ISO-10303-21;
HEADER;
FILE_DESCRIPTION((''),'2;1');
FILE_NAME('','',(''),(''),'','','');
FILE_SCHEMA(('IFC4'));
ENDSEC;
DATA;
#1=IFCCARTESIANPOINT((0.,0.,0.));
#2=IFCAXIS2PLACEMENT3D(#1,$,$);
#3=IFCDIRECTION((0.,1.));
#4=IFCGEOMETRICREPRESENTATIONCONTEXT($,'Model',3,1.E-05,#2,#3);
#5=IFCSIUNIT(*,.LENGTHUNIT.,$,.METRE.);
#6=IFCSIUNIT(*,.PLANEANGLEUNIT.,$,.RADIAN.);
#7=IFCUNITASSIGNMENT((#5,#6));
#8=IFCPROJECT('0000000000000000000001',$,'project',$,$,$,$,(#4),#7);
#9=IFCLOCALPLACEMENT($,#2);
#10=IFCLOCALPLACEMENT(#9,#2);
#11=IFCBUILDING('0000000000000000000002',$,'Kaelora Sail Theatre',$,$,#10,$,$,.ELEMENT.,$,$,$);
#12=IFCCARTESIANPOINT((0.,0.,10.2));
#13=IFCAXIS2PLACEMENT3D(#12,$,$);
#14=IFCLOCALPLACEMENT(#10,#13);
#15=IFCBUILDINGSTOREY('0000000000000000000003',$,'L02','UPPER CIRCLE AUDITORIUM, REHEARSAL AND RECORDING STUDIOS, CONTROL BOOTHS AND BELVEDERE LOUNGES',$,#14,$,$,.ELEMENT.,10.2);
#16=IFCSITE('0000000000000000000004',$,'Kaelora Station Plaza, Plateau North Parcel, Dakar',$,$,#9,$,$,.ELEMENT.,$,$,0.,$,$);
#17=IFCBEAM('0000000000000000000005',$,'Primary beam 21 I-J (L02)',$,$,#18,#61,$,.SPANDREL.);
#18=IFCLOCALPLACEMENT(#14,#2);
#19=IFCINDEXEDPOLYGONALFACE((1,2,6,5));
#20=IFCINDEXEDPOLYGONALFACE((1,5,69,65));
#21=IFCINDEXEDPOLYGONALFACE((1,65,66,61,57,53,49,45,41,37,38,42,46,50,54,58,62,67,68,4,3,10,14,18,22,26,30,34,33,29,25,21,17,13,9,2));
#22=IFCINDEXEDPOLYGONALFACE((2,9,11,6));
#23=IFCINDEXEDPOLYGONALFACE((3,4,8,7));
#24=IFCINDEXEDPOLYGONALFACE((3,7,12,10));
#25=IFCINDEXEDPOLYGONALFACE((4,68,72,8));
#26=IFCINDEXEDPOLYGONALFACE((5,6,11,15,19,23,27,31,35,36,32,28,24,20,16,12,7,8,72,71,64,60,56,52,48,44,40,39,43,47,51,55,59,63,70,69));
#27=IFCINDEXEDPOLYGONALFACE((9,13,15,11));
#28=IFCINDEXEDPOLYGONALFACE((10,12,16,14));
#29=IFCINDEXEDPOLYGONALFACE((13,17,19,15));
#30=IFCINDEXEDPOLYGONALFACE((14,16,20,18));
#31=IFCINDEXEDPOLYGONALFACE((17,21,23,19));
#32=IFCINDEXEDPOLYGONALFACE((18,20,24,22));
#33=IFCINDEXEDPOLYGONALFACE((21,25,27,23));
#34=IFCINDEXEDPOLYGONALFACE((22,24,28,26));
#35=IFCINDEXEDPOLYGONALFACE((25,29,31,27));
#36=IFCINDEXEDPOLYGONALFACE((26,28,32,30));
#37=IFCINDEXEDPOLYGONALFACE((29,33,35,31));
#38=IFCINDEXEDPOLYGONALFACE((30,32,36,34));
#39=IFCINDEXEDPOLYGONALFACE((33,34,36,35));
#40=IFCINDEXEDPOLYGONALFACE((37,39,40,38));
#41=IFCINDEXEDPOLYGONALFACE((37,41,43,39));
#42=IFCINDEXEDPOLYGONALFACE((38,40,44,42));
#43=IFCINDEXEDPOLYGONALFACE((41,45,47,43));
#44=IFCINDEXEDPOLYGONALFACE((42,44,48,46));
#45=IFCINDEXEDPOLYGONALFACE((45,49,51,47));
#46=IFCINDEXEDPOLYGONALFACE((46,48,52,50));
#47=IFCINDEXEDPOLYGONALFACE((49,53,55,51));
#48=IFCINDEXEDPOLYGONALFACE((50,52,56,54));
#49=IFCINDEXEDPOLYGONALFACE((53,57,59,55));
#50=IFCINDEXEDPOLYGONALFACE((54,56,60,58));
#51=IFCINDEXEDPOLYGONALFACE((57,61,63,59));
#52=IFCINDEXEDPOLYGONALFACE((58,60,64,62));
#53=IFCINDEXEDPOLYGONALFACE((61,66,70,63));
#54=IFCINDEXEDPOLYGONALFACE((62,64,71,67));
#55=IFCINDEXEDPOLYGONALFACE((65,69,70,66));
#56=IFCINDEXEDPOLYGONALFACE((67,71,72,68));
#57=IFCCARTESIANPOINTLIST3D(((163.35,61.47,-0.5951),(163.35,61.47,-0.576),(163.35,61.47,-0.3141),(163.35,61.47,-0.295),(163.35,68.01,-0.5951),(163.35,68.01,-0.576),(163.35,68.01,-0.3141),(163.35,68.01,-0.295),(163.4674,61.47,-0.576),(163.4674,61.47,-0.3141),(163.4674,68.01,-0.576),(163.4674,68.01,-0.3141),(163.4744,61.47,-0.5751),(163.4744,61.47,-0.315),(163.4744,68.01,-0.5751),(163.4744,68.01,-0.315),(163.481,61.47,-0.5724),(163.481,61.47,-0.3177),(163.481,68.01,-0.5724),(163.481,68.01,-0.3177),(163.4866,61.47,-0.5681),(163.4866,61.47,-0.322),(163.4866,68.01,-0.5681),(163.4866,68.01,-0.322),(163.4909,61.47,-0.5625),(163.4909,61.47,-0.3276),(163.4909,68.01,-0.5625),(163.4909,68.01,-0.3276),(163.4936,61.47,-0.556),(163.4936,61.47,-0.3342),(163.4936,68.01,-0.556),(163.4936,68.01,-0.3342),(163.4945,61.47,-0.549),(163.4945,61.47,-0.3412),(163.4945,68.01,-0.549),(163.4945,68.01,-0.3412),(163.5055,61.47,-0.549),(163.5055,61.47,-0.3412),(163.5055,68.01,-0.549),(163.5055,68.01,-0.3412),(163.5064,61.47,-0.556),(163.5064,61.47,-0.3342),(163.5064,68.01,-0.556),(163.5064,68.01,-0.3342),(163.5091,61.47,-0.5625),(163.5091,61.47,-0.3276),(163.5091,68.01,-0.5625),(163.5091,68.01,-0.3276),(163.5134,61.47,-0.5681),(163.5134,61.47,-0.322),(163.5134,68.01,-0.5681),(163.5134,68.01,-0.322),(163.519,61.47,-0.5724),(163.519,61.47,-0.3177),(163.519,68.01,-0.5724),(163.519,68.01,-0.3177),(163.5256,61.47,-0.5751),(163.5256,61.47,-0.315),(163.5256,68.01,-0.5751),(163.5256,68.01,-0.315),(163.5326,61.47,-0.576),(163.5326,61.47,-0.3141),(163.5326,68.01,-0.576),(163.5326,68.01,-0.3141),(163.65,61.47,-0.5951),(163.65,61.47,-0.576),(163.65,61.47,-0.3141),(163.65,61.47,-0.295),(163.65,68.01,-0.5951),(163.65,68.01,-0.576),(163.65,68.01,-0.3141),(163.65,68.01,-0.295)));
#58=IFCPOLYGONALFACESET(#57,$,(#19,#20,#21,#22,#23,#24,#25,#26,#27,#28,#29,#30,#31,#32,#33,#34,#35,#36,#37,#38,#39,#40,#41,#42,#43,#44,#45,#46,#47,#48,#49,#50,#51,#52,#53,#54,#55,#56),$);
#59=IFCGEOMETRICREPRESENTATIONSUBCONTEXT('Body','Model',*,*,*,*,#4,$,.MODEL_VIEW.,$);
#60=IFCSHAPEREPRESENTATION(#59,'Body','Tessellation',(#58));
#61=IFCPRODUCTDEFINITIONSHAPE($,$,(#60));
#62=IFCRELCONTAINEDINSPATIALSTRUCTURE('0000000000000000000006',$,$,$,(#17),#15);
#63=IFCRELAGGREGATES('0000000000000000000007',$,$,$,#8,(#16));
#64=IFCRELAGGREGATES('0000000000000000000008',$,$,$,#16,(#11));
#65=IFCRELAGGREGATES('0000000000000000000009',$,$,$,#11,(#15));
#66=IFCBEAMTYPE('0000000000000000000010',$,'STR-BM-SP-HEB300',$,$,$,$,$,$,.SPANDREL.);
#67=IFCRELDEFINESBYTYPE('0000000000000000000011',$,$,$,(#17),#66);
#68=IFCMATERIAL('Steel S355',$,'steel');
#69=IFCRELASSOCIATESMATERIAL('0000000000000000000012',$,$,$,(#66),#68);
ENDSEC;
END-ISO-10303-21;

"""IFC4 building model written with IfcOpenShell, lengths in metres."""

from ifc_helpers import new_model, si_unit, direction, frame, origin, origin_2d, place, context, subcontext, project, spatial, i_section, extrude, material, material_profile, profile_set, type_object, element, save


model = new_model("IFC4")

# Units and contexts
model_context = context("Model", 3, precision=1e-05, world=origin(), true_north=direction((0.0, 1.0)))
body_context = subcontext(model_context, "Body", "Model", "MODEL_VIEW")
ifc_project = project(units=[si_unit("LENGTHUNIT", "METRE"), si_unit("PLANEANGLEUNIT", "RADIAN")], contexts=[model_context])

# Site, building, storey
site_placement = place(None, origin())
site = spatial("IfcSite", under=ifc_project, at=site_placement, Name="Kaelora Station Plaza, Plateau North Parcel, Dakar", CompositionType="ELEMENT", RefElevation=0.0)
building_placement = place(site_placement, origin())
building = spatial("IfcBuilding", under=site, at=building_placement, Name="Kaelora Sail Theatre", CompositionType="ELEMENT")
storey_placement = place(building_placement, frame((0.0, 0.0, 10.2)))
storey = spatial("IfcBuildingStorey", under=building, at=storey_placement, Name="L02", Description="UPPER CIRCLE AUDITORIUM, REHEARSAL AND RECORDING STUDIOS, CONTROL BOOTHS AND BELVEDERE LOUNGES", CompositionType="ELEMENT", Elevation=10.2)

# Beam
ifc_material_1 = material(Name="Steel S355", Category="steel")
ifc_material_profile_1 = material_profile(ifc_material_1, i_section(OverallWidth=0.3, OverallDepth=0.3, WebThickness=0.011, FlangeThickness=0.019, FilletRadius=0.0271, at=origin_2d()), Name="HEB 300")
ifc_profile_set_1 = profile_set([ifc_material_profile_1], Name="Steel S355")
beam_type_1 = type_object("IfcBeamType", Name="STR-BM-SP-HEB300", PredefinedType="SPANDREL", material=ifc_profile_set_1)
for number, where, z_axis, x_axis, name in (
    (1, (163.5, 61.47, -0.4451), (0.0, 1.0, 0.0), (-1.0, 0.0, 0.0), "Primary beam 21 I-J (L02)"),
):
    element("IfcBeam", number, at=place(storey_placement, frame(where, z_axis=z_axis, x_axis=x_axis)), inside=storey, type_object=beam_type_1, Name=name, PredefinedType="SPANDREL", context=body_context, shape_type="SweptSolid", body=[
        extrude(i_section(OverallWidth=0.3, OverallDepth=0.3, WebThickness=0.011, FlangeThickness=0.019, FilletRadius=0.0271, at=origin_2d()), origin(), (0.0, 0.0, 1.0), 6.54),
    ])

save(model, "model.ifc")
